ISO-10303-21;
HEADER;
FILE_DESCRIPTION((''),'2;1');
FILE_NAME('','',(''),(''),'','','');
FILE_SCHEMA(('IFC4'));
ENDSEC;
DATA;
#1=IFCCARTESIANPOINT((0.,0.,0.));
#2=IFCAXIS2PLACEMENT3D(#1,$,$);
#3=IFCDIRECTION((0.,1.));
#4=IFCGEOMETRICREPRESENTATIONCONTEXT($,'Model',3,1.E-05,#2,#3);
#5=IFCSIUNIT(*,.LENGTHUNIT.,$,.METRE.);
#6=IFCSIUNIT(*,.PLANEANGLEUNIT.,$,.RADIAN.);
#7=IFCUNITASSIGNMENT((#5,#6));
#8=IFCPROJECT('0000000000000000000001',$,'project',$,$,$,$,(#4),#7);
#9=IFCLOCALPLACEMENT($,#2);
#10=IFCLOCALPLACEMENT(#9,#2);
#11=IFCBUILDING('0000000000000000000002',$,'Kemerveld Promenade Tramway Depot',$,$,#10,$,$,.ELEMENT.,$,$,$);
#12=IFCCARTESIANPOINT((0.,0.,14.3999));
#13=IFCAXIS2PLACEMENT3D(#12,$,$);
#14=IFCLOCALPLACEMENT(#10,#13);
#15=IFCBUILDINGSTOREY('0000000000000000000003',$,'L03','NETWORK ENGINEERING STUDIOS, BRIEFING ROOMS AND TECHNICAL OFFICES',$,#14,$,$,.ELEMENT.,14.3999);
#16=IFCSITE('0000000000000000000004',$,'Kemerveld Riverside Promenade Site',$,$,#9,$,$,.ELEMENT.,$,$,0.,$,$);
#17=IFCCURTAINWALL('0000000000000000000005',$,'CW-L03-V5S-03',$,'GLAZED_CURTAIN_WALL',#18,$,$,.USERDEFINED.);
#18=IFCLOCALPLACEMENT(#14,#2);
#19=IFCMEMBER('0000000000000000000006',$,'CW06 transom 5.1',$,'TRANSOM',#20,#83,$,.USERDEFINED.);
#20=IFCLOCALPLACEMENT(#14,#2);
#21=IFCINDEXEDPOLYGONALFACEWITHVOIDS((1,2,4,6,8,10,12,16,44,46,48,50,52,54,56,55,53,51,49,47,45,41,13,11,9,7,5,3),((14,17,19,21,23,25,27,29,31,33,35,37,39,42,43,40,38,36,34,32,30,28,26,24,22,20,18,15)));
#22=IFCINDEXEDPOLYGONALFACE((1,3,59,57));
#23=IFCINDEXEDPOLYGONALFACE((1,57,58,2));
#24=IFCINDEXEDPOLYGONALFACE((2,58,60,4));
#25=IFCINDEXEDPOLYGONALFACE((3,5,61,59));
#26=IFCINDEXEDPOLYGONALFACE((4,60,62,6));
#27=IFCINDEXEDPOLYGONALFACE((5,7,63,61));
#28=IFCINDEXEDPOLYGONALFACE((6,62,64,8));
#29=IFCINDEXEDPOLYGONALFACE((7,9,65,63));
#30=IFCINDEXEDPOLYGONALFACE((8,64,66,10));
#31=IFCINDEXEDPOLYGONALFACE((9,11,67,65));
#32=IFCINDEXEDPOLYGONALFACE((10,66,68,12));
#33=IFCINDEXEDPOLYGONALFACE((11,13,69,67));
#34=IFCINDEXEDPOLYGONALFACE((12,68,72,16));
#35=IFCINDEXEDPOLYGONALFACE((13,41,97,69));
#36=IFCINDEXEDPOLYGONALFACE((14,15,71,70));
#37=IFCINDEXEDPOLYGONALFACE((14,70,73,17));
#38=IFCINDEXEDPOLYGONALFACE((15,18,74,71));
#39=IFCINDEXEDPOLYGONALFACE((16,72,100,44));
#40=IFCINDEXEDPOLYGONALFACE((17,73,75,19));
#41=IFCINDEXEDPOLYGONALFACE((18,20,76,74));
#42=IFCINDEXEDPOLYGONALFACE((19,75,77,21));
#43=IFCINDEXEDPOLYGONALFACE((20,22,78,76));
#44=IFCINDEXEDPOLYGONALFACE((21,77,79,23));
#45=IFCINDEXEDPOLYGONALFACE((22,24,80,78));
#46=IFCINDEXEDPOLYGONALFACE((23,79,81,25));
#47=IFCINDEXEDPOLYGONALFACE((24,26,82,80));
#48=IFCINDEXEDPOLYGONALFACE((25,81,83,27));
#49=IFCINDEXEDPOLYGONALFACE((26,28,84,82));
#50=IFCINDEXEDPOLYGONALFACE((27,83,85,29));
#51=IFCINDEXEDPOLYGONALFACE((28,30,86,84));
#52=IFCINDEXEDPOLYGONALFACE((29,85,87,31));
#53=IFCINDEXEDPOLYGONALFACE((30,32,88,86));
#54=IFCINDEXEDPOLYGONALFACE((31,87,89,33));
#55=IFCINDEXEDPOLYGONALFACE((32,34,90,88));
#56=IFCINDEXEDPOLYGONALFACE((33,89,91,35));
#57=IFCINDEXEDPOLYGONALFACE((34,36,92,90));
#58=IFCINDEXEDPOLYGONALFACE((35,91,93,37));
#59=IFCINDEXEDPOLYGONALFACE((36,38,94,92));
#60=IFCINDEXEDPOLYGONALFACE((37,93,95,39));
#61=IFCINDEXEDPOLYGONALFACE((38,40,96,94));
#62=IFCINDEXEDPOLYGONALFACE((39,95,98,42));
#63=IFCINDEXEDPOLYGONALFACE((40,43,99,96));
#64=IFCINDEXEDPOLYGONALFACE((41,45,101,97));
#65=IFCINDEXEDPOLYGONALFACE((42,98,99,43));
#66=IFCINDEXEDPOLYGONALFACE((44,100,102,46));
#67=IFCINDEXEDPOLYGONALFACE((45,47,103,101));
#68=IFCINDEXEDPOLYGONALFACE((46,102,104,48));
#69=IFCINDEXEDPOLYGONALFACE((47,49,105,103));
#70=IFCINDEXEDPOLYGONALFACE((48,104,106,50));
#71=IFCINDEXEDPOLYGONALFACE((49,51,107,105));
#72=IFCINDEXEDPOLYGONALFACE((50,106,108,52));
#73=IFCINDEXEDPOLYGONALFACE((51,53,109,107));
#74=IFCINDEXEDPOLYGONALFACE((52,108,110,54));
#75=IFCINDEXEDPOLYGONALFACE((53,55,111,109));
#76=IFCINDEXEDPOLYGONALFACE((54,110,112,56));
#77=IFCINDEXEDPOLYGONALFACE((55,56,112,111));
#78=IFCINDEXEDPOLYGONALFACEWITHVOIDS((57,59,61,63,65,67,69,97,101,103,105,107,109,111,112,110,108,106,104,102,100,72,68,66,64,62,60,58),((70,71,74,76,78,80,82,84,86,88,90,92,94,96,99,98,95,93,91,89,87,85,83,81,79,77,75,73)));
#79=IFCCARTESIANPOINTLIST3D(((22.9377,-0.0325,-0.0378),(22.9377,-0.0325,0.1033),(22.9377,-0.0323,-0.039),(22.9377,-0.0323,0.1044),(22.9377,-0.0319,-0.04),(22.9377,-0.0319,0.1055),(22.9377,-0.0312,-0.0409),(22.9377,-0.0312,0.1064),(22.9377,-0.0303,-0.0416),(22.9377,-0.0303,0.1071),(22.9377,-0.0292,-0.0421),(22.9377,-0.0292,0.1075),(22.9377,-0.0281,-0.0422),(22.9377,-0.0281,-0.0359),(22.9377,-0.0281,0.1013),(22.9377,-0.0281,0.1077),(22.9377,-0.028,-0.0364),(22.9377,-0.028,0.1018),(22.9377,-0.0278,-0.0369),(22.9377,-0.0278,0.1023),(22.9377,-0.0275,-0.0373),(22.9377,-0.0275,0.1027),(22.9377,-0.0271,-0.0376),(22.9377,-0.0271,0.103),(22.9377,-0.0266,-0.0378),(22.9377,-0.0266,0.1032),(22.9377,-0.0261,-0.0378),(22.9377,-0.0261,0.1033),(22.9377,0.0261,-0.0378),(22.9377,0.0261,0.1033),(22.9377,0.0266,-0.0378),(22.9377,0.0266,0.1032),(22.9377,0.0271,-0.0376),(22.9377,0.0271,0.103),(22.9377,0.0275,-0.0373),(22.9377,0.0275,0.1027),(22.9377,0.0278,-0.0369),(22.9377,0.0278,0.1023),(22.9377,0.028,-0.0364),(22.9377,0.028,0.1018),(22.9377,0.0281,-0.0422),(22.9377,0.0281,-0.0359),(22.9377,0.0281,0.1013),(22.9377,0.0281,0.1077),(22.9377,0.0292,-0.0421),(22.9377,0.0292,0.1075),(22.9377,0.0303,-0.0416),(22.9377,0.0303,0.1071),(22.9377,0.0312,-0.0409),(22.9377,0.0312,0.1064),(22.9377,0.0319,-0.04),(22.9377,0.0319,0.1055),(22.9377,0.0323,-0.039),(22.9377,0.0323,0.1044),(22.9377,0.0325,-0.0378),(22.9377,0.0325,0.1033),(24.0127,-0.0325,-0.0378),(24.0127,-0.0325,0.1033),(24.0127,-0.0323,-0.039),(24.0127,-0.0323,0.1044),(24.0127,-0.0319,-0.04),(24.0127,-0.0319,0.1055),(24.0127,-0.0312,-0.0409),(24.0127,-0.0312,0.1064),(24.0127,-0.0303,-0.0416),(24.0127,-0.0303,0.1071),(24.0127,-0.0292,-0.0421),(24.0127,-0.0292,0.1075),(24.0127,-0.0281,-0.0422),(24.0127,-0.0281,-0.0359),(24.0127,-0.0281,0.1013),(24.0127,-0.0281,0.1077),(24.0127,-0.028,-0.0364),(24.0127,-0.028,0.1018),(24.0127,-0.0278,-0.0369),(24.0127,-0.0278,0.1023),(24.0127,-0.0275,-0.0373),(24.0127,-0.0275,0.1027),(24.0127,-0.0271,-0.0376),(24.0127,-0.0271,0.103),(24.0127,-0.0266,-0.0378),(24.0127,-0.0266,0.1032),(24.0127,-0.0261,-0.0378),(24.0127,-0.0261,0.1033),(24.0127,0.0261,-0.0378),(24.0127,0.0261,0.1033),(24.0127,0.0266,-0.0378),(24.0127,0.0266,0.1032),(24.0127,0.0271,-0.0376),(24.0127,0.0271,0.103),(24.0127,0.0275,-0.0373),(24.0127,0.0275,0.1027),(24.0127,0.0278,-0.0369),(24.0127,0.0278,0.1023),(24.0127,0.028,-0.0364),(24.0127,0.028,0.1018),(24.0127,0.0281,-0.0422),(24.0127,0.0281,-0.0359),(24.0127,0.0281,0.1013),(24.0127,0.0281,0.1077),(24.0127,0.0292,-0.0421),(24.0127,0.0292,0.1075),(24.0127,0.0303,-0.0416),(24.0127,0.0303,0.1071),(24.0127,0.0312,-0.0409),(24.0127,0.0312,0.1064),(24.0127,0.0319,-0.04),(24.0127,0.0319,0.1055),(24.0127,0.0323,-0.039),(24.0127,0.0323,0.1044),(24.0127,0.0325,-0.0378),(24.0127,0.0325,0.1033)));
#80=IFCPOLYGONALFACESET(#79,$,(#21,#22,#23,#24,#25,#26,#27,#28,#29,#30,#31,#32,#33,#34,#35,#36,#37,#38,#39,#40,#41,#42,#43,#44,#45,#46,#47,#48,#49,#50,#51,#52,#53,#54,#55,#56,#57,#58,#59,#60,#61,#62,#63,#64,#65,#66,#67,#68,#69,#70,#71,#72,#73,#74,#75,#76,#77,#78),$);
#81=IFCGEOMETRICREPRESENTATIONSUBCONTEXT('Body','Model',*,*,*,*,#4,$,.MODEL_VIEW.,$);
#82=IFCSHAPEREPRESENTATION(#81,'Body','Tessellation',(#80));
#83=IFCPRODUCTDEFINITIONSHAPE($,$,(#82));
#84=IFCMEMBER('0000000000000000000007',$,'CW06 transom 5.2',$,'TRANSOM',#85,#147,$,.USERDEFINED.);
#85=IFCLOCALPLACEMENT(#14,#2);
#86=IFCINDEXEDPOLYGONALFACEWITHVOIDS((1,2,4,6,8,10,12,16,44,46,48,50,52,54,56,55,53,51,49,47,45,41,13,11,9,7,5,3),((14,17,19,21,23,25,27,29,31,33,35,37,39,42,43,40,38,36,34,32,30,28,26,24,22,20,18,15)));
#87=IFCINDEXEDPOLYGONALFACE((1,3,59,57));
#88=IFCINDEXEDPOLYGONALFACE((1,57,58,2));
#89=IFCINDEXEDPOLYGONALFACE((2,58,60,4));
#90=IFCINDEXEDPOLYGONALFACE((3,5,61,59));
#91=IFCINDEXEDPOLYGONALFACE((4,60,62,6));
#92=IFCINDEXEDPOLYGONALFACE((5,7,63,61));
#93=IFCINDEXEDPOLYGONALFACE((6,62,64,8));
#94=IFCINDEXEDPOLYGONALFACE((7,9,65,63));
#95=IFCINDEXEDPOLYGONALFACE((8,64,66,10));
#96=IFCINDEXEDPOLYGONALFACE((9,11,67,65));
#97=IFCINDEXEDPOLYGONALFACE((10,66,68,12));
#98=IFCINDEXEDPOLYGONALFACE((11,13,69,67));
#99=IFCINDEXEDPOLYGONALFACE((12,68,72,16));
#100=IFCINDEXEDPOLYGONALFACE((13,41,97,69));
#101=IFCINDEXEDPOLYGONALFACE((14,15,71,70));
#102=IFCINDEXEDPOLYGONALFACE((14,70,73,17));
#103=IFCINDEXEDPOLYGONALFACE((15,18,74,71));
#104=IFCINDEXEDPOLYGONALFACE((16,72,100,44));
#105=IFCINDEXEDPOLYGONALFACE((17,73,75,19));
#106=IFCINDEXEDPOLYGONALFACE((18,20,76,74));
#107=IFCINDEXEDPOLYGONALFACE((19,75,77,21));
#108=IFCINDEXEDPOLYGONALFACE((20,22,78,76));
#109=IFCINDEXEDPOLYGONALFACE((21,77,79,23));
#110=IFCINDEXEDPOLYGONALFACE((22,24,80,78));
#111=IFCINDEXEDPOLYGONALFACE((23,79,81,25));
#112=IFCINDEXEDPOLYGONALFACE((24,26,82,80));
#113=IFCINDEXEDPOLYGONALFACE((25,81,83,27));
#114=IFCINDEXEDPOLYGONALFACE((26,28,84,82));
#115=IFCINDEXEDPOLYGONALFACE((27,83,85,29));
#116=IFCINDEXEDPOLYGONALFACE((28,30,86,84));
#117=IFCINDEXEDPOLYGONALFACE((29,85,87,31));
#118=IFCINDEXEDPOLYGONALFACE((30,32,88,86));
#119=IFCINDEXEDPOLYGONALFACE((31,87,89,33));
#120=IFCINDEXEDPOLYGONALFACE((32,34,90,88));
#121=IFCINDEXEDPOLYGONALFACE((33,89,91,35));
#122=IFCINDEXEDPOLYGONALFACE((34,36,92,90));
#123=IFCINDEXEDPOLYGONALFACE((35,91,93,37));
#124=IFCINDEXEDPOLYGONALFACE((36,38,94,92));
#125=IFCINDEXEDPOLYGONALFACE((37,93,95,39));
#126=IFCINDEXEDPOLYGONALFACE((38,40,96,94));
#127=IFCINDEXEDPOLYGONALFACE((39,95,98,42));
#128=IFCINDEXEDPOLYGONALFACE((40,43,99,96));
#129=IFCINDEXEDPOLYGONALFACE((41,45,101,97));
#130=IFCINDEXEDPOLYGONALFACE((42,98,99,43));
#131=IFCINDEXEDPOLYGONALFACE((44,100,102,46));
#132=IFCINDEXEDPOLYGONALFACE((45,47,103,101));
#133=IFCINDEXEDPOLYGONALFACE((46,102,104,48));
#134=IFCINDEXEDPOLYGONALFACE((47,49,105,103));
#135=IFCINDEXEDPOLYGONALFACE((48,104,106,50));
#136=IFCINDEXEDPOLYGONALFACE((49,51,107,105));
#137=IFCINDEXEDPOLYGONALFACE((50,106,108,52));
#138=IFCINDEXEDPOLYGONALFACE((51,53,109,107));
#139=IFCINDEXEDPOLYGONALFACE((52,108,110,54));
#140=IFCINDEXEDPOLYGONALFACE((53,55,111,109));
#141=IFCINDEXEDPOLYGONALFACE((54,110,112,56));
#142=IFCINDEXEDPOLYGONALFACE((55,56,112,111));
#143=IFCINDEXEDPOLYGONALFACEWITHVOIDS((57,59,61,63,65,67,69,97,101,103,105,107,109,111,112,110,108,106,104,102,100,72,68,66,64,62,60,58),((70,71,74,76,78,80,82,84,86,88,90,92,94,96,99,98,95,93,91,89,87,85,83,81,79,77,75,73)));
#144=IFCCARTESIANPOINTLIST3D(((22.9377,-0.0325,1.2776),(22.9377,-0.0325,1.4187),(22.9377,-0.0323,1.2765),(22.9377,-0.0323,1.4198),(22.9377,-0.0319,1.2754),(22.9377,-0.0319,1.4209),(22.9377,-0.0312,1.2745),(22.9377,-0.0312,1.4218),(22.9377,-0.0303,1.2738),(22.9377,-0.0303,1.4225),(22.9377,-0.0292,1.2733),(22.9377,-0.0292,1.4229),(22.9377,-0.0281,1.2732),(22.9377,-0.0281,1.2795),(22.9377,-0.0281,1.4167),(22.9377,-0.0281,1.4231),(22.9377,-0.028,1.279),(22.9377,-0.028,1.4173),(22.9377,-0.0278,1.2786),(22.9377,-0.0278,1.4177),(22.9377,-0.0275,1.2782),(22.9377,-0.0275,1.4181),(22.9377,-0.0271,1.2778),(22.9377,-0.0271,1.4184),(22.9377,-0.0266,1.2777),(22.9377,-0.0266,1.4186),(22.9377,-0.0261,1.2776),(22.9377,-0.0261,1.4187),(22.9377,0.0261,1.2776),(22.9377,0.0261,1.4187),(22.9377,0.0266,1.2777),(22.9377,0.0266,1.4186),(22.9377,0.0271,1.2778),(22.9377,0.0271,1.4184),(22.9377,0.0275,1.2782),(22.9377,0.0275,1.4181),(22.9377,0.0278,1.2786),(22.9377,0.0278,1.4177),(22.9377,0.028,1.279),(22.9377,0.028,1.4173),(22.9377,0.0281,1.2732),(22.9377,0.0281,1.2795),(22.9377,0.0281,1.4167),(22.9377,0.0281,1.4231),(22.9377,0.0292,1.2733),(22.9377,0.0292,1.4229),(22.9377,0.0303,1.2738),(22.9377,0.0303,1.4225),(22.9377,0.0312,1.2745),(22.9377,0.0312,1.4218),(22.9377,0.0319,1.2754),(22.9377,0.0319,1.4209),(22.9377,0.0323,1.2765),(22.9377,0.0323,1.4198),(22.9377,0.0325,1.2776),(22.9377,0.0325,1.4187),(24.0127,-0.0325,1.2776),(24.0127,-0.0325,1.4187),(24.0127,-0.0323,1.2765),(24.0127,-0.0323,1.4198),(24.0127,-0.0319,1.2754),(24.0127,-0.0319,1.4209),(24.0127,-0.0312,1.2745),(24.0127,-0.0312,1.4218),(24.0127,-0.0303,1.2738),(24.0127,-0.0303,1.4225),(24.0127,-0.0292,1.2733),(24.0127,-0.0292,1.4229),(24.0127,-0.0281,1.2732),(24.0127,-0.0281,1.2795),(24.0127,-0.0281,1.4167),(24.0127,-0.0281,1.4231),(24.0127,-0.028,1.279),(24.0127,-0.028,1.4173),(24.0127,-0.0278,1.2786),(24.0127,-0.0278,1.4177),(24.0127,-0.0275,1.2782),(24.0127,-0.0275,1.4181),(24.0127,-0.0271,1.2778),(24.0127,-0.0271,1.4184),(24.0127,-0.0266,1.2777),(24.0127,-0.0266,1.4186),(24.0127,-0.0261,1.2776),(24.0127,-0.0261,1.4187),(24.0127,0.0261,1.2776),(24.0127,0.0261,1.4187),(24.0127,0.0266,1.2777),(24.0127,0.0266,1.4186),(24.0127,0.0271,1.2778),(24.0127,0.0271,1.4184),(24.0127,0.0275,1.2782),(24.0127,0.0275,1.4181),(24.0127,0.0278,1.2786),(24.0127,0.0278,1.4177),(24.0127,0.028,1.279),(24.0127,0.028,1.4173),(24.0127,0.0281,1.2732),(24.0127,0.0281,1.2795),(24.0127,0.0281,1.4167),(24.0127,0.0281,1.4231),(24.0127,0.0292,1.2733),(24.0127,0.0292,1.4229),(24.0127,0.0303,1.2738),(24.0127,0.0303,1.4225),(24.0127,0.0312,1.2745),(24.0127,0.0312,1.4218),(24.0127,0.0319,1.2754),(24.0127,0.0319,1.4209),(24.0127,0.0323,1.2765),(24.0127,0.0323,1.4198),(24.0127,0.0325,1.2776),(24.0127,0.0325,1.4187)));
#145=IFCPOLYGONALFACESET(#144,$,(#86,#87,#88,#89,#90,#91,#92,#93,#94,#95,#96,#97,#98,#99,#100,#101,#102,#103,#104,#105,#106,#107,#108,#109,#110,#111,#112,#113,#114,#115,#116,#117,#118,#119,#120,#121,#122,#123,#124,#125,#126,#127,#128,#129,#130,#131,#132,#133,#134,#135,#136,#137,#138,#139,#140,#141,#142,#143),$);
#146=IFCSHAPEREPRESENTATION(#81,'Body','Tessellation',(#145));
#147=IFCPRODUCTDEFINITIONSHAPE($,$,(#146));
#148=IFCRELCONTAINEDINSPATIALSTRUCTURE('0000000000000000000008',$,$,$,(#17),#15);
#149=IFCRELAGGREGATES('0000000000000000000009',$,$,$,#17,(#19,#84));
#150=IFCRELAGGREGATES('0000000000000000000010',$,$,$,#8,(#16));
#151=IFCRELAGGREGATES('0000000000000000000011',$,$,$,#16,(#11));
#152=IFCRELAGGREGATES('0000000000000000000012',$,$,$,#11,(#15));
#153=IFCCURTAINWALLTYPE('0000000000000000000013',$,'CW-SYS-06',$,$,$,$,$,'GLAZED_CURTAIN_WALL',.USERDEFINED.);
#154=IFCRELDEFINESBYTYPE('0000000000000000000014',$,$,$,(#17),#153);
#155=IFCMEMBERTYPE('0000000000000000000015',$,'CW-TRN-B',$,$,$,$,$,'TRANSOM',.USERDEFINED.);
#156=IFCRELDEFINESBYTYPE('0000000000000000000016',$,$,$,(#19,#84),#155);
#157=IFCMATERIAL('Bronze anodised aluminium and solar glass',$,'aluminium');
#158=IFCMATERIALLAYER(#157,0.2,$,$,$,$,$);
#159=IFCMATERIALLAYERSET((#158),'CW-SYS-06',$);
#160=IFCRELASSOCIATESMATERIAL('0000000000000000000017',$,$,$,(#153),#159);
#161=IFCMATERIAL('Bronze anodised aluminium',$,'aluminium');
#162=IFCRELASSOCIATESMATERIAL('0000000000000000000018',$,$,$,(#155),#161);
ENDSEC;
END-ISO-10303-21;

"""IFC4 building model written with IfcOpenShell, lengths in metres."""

from ifc_helpers import new_model, si_unit, direction, frame, origin, origin_2d, place, context, subcontext, project, spatial, hollow_rectangle, extrude, material, layer, layer_set, material_profile, profile_set, type_object, element, aggregate, save


model = new_model("IFC4")

# Units and contexts
model_context = context("Model", 3, precision=1e-05, world=origin(), true_north=direction((0.0, 1.0)))
body_context = subcontext(model_context, "Body", "Model", "MODEL_VIEW")
ifc_project = project(units=[si_unit("LENGTHUNIT", "METRE"), si_unit("PLANEANGLEUNIT", "RADIAN")], contexts=[model_context])

# Site, building, storey
site_placement = place(None, origin())
site = spatial("IfcSite", under=ifc_project, at=site_placement, Name="Kemerveld Riverside Promenade Site", CompositionType="ELEMENT", RefElevation=0.0)
building_placement = place(site_placement, origin())
building = spatial("IfcBuilding", under=site, at=building_placement, Name="Kemerveld Promenade Tramway Depot", CompositionType="ELEMENT")
storey_placement = place(building_placement, frame((0.0, 0.0, 14.3999)))
storey = spatial("IfcBuildingStorey", under=building, at=storey_placement, Name="L03", Description="NETWORK ENGINEERING STUDIOS, BRIEFING ROOMS AND TECHNICAL OFFICES", CompositionType="ELEMENT", Elevation=14.3999)

# Curtain wall, members
ifc_material_1 = material(Name="Bronze anodised aluminium and solar glass", Category="aluminium")
ifc_layer_1 = layer(ifc_material_1, 0.2)
ifc_layer_set_1 = layer_set([ifc_layer_1], Name="CW-SYS-06")
curtain_wall_type = type_object("IfcCurtainWallType", Name="CW-SYS-06", ElementType="GLAZED_CURTAIN_WALL", PredefinedType="USERDEFINED", material=ifc_layer_set_1)
curtain_wall_placement = place(storey_placement, origin())
curtain_wall = element("IfcCurtainWall", 1, at=curtain_wall_placement, inside=storey, type_object=curtain_wall_type, Name="CW-L03-V5S-03", ObjectType="GLAZED_CURTAIN_WALL", PredefinedType="USERDEFINED")
ifc_material_2 = material(Name="Bronze anodised aluminium", Category="aluminium")
ifc_material_profile_1 = material_profile(ifc_material_2, hollow_rectangle(XDim=0.0649, YDim=0.1499, WallThickness=0.0044, InnerFilletRadius=0.002, OuterFilletRadius=0.0044, at=origin_2d()), Name="CW-TRN-150x65")
ifc_profile_set_1 = profile_set([ifc_material_profile_1], Name="Bronze anodised aluminium")
member_type_1 = type_object("IfcMemberType", Name="CW-TRN-B", ElementType="TRANSOM", PredefinedType="USERDEFINED", material=ifc_profile_set_1)
member_1_placement = place(storey_placement, frame((24.0127, 0.0, 0.0327), z_axis=(-1.0, 0.0, 0.0), x_axis=(0.0, -1.0, 0.0)))
member_1 = element("IfcMember", 2, at=member_1_placement, type_object=member_type_1, Name="CW06 transom 5.1", ObjectType="TRANSOM", PredefinedType="USERDEFINED", context=body_context, shape_type="SweptSolid", body=[
    extrude(hollow_rectangle(XDim=0.0649, YDim=0.1499, WallThickness=0.0044, InnerFilletRadius=0.002, OuterFilletRadius=0.0044, at=origin_2d()), origin(), (0.0, 0.0, 1.0), 1.075),
])
member_2_placement = place(storey_placement, frame((24.0127, 0.0, 1.3481), z_axis=(-1.0, 0.0, 0.0), x_axis=(0.0, -1.0, 0.0)))
member_2 = element("IfcMember", 3, at=member_2_placement, type_object=member_type_1, Name="CW06 transom 5.2", ObjectType="TRANSOM", PredefinedType="USERDEFINED", context=body_context, shape_type="SweptSolid", body=[
    extrude(hollow_rectangle(XDim=0.0649, YDim=0.1499, WallThickness=0.0044, InnerFilletRadius=0.002, OuterFilletRadius=0.0044, at=origin_2d()), origin(), (0.0, 0.0, 1.0), 1.075),
])
aggregate(curtain_wall, [member_1, member_2])

save(model, "model.ifc")
